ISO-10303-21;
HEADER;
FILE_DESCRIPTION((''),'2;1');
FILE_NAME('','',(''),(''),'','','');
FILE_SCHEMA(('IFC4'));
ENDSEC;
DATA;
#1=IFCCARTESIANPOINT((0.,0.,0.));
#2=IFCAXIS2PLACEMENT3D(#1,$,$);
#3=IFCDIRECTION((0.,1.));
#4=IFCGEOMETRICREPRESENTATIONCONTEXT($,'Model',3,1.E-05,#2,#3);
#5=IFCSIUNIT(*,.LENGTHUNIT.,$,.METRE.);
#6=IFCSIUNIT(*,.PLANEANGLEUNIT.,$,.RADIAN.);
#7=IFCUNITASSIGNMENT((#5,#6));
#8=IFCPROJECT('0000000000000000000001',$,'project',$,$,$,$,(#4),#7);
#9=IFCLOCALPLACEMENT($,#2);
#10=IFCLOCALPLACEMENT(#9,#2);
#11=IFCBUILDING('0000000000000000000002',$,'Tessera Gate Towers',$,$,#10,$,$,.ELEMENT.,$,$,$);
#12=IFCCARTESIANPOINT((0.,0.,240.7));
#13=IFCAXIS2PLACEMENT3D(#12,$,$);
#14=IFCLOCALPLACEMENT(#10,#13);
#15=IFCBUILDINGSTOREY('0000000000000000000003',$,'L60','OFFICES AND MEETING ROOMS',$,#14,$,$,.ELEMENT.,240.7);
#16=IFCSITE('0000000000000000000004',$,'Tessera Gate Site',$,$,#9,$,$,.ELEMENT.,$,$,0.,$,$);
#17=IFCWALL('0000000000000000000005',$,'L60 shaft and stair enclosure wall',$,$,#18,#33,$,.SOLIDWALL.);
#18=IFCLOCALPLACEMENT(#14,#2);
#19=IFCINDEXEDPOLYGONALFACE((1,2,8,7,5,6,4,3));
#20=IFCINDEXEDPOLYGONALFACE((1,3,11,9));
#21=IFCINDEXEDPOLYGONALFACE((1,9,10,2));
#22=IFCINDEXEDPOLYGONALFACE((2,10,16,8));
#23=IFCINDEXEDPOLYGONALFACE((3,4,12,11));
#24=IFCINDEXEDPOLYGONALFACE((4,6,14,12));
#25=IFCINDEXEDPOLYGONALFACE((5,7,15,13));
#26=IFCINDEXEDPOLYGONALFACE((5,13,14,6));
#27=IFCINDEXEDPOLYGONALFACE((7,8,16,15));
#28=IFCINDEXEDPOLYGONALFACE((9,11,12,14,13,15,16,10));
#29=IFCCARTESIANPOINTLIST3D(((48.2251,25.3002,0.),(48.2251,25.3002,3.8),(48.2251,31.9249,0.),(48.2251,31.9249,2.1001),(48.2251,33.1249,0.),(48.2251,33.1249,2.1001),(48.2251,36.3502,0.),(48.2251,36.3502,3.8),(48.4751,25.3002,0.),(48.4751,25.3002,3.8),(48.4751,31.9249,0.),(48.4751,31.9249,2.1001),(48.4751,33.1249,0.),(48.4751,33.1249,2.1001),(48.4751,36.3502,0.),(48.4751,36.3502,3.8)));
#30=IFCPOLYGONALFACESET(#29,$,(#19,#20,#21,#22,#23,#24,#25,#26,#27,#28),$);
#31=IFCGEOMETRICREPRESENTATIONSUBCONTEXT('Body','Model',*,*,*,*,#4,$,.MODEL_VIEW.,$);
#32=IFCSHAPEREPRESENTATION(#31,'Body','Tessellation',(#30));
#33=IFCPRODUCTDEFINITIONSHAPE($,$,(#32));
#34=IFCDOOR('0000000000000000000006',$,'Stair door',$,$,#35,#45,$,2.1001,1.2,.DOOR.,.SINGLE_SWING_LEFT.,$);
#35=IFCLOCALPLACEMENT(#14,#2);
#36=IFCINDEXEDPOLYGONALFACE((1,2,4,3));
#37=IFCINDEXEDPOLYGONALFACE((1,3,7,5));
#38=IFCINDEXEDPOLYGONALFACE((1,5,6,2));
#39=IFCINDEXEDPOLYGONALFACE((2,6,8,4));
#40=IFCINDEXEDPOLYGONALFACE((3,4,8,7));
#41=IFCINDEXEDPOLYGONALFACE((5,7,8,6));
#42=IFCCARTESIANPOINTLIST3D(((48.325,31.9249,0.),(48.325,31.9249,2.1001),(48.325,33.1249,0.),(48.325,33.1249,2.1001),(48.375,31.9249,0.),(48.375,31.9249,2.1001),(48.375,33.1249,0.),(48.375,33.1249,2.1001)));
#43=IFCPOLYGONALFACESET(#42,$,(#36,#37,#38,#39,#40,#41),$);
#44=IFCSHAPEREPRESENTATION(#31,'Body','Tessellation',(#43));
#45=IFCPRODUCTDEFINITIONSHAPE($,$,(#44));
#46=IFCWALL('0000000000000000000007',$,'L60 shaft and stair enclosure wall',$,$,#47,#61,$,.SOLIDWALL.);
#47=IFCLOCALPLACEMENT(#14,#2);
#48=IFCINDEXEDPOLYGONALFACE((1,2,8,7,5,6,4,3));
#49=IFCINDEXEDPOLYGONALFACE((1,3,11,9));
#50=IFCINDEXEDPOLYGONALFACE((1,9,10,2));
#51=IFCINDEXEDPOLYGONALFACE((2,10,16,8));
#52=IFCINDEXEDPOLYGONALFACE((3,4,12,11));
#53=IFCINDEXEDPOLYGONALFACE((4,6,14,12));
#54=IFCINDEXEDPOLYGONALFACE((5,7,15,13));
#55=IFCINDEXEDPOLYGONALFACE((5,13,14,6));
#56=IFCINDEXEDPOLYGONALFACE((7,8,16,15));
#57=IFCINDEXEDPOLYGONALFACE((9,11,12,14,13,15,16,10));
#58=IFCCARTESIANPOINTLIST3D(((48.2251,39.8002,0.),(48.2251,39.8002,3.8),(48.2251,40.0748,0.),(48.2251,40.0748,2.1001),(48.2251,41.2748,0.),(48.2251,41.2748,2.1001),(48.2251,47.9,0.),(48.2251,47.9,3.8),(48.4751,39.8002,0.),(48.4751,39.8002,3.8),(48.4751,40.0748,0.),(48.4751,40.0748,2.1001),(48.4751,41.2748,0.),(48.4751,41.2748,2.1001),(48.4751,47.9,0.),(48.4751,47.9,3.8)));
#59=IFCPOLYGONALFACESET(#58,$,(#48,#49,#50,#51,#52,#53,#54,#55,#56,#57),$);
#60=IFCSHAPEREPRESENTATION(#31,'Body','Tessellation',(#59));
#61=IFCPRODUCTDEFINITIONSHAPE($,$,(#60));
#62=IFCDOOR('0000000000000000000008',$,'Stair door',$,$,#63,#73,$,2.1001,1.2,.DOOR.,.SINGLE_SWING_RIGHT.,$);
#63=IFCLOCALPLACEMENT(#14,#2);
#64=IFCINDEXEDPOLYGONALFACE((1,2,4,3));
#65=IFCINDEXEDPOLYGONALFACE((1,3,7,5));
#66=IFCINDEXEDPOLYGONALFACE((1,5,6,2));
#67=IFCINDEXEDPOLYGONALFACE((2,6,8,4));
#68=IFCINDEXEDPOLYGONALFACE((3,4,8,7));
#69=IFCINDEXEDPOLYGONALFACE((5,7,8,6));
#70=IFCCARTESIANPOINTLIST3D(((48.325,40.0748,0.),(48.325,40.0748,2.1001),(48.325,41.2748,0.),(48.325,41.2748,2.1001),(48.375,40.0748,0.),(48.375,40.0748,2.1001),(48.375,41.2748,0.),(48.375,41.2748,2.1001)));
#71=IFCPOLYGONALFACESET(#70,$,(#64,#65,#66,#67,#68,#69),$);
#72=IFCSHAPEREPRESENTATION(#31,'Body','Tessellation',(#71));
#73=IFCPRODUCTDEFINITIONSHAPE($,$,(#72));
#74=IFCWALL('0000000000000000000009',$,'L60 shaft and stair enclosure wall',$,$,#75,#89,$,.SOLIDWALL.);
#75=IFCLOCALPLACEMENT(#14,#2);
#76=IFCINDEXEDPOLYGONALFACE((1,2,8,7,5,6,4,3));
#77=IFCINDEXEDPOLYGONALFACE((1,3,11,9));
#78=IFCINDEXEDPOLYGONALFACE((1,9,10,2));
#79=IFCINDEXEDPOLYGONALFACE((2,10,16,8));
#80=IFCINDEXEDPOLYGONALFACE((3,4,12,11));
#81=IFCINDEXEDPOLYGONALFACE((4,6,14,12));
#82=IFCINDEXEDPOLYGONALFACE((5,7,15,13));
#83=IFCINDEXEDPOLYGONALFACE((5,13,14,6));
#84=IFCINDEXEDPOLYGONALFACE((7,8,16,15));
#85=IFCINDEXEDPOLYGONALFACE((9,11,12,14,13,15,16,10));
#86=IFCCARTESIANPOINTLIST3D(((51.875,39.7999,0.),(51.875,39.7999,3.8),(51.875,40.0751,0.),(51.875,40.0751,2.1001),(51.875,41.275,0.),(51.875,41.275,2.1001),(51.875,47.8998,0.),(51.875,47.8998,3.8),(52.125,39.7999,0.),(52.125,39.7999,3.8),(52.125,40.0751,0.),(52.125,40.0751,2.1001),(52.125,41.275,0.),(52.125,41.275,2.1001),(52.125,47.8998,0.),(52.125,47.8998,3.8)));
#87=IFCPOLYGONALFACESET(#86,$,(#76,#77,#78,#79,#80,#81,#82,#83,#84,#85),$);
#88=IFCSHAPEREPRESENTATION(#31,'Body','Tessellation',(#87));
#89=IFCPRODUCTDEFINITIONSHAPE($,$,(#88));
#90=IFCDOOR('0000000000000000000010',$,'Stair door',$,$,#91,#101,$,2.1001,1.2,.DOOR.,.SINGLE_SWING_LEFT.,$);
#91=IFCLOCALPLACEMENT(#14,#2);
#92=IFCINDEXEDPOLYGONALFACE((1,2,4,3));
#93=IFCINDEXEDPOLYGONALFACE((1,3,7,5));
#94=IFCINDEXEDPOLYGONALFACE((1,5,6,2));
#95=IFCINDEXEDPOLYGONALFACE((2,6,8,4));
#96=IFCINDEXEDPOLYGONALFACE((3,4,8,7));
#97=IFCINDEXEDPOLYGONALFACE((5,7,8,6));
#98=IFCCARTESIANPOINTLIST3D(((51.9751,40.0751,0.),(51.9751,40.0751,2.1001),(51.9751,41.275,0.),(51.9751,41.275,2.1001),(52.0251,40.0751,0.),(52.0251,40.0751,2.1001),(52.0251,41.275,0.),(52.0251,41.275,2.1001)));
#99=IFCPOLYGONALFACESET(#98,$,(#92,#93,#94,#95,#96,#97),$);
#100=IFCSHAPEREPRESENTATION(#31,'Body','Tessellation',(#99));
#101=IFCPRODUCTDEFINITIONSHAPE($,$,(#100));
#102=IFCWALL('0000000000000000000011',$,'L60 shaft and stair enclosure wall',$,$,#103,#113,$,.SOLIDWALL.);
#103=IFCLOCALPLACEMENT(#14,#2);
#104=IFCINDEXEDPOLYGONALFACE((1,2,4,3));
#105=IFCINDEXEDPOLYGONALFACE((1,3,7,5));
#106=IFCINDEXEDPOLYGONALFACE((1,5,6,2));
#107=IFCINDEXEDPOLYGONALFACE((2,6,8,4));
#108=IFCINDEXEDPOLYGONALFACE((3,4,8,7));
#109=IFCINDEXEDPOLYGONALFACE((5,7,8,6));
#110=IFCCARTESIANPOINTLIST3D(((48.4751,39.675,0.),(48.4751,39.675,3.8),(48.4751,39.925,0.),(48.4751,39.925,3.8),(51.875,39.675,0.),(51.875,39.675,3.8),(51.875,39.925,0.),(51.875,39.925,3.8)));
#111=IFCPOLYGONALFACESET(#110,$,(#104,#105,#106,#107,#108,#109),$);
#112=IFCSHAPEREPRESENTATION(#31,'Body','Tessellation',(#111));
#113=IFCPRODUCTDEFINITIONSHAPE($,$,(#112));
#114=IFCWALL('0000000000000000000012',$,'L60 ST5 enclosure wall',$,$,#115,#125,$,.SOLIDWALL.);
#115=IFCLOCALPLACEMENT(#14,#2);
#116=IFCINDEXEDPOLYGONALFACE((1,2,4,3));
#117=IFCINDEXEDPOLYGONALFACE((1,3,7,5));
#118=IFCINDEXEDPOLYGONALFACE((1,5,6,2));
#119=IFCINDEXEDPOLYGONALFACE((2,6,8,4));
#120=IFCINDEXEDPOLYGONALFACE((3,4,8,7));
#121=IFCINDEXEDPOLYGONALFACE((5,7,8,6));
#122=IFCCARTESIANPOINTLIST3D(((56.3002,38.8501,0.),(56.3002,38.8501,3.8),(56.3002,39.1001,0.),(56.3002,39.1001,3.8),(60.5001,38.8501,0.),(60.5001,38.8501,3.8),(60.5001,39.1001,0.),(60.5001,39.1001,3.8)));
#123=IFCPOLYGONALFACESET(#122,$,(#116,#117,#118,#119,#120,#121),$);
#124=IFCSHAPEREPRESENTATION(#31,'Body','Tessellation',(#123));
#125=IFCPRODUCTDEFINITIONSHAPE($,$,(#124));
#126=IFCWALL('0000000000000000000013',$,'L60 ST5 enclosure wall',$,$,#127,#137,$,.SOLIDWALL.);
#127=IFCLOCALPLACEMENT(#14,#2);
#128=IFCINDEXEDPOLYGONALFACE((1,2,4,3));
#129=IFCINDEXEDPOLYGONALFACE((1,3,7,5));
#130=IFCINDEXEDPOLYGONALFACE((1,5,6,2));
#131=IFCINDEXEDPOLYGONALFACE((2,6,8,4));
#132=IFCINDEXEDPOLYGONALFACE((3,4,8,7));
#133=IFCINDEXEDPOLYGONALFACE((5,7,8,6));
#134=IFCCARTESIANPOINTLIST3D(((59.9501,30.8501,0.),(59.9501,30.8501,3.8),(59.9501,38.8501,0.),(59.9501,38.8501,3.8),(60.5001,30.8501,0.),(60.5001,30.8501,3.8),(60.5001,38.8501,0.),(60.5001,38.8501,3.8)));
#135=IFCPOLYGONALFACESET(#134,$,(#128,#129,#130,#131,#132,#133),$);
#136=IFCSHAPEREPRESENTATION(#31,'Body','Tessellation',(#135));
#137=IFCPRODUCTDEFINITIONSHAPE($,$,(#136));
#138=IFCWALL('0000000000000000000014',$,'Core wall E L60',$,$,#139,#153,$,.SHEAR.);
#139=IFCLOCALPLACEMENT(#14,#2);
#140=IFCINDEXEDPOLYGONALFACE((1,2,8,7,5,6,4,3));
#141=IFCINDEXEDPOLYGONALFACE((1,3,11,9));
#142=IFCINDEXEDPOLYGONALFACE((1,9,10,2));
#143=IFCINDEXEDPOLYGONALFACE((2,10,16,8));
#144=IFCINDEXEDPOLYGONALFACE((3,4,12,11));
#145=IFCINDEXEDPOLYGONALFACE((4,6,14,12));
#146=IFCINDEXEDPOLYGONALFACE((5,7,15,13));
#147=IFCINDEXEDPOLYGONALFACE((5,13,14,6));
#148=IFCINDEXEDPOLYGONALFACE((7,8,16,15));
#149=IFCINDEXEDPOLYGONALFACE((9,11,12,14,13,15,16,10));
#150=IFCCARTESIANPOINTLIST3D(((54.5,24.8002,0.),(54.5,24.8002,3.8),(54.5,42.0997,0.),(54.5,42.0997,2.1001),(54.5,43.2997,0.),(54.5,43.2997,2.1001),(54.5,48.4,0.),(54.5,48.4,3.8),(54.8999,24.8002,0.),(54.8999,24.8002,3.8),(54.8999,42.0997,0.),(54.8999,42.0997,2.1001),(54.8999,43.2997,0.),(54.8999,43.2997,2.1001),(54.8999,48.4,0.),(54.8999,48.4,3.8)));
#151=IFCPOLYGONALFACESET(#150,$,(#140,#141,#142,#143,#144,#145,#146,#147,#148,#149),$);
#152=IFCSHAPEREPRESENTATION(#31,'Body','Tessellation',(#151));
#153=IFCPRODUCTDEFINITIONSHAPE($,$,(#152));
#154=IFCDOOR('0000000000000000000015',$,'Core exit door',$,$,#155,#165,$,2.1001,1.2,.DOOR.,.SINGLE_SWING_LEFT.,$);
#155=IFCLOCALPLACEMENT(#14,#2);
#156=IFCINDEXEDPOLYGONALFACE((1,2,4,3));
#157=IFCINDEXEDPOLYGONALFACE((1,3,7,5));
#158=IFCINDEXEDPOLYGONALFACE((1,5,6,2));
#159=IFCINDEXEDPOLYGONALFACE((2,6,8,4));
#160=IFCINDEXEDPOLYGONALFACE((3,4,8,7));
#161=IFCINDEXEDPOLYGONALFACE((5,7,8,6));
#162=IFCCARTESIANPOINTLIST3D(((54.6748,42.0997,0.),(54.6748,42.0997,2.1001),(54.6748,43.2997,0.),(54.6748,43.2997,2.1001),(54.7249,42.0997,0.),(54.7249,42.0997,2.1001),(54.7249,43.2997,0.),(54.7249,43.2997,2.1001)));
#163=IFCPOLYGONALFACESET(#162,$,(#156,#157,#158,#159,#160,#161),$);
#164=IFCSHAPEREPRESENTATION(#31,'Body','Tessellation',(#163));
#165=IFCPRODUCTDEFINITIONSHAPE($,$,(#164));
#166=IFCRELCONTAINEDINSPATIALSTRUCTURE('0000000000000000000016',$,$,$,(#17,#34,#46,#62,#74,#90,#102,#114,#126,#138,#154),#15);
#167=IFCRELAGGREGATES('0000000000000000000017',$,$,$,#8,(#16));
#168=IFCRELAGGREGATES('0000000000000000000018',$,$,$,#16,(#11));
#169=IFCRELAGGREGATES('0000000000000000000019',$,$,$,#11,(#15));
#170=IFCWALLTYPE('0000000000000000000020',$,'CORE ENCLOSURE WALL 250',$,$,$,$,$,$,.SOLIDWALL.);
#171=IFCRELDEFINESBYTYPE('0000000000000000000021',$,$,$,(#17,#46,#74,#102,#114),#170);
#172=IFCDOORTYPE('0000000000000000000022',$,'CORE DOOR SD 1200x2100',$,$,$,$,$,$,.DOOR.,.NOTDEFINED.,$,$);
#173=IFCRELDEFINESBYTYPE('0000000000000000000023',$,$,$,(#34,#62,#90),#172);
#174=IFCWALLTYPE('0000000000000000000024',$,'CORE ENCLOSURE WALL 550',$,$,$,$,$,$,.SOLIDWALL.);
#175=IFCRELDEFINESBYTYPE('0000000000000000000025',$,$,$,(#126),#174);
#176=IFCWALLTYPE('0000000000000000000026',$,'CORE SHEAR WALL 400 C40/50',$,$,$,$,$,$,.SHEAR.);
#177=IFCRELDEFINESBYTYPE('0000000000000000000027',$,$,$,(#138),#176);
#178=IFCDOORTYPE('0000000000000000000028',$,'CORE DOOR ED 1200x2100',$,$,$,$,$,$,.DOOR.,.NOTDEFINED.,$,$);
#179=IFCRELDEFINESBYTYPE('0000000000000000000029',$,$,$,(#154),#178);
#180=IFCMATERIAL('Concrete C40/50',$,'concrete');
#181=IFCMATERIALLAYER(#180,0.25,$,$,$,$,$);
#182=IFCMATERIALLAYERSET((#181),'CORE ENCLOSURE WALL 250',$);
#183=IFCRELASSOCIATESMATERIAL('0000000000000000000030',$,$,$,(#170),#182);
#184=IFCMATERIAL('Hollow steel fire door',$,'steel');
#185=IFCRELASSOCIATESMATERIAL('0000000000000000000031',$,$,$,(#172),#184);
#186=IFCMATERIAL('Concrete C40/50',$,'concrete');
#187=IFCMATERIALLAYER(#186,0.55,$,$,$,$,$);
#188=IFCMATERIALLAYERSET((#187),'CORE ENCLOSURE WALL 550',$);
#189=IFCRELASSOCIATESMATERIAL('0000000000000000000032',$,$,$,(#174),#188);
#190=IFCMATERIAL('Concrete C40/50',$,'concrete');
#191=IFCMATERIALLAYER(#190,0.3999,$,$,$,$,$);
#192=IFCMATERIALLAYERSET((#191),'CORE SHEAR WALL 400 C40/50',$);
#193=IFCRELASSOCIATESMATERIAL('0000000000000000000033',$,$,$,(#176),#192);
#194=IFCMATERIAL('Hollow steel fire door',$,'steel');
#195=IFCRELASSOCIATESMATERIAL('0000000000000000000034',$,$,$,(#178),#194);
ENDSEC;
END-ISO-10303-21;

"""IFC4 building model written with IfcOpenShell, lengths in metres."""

from ifc_helpers import new_model, si_unit, direction, frame, frame_2d, origin, place, context, subcontext, project, spatial, rectangle, extrude, source, transform, mapped, material, layer, layer_set, type_object, element, fill, save


model = new_model("IFC4")

# Units and contexts
model_context = context("Model", 3, precision=1e-05, world=origin(), true_north=direction((0.0, 1.0)))
body_context = subcontext(model_context, "Body", "Model", "MODEL_VIEW")
ifc_project = project(units=[si_unit("LENGTHUNIT", "METRE"), si_unit("PLANEANGLEUNIT", "RADIAN")], contexts=[model_context])

# Site, building, storey
site_placement = place(None, origin())
site = spatial("IfcSite", under=ifc_project, at=site_placement, Name="Tessera Gate Site", CompositionType="ELEMENT", RefElevation=0.0)
building_placement = place(site_placement, origin())
building = spatial("IfcBuilding", under=site, at=building_placement, Name="Tessera Gate Towers", CompositionType="ELEMENT")
storey_placement = place(building_placement, frame((0.0, 0.0, 240.7)))
storey = spatial("IfcBuildingStorey", under=building, at=storey_placement, Name="L60", Description="OFFICES AND MEETING ROOMS", CompositionType="ELEMENT", Elevation=240.7)

# Walls, openings, doors
ifc_material_1 = material(Name="Concrete C40/50", Category="concrete")
ifc_layer_1 = layer(ifc_material_1, 0.25)
ifc_layer_set_1 = layer_set([ifc_layer_1], Name="CORE ENCLOSURE WALL 250")
wall_type_1 = type_object("IfcWallType", Name="CORE ENCLOSURE WALL 250", PredefinedType="SOLIDWALL", material=ifc_layer_set_1)
wall_1_placement = place(storey_placement, frame((48.3501, 36.3501, 0.0), z_axis=(0.0, 0.0, 1.0), x_axis=(0.0, -1.0, 0.0)))
wall_1 = element("IfcWall", 1, at=wall_1_placement, inside=storey, type_object=wall_type_1, Name="L60 shaft and stair enclosure wall", PredefinedType="SOLIDWALL", context=body_context, shape_type="SweptSolid", body=[
    extrude(rectangle(XDim=11.05, YDim=0.25, at=frame_2d((5.5249, 0.0))), origin(), (0.0, 0.0, 1.0), 3.8),
])
shared_shape_1 = source(origin(), body_context, "Body", "SweptSolid", [
    extrude(rectangle(XDim=1.2, YDim=2.1001, at=frame_2d((0.6001, 1.05))), frame((0.0, 0.135, 0.0), z_axis=(0.0, -1.0, 0.0), x_axis=(1.0, 0.0, 0.0)), (0.0, 0.0, 1.0), 0.27),
])
opening_1_placement = place(wall_1_placement, frame((3.2251, 0.0, 0.0)))
opening_1 = element("IfcOpeningElement", 2, at=opening_1_placement, cuts=wall_1, PredefinedType="OPENING", context=body_context, shape_type="MappedRepresentation", body=[
    mapped(shared_shape_1, transform((0.0, 0.0, 0.0), scale=1.0)),
])
ifc_material_2 = material(Name="Hollow steel fire door", Category="steel")
door_type_1 = type_object("IfcDoorType", Name="CORE DOOR SD 1200x2100", OperationType="NOTDEFINED", PredefinedType="DOOR", material=ifc_material_2)
shared_shape_2 = source(origin(), body_context, "Body", "SweptSolid", [
    extrude(rectangle(XDim=1.2, YDim=2.1001, at=frame_2d((0.6001, 1.05))), frame((0.0, 0.0249, 0.0), z_axis=(0.0, -1.0, 0.0), x_axis=(1.0, 0.0, 0.0)), (0.0, 0.0, 1.0), 0.05),
])
door_1_placement = place(opening_1_placement, origin())
door_1 = element("IfcDoor", 3, at=door_1_placement, inside=storey, type_object=door_type_1, Name="Stair door", OperationType="SINGLE_SWING_LEFT", OverallHeight=2.1001, OverallWidth=1.2, PredefinedType="DOOR", context=body_context, shape_type="MappedRepresentation", body=[
    mapped(shared_shape_2, transform((0.0, 0.0, 0.0), scale=1.0)),
])
fill(opening_1, door_1)
wall_2_placement = place(storey_placement, frame((48.3501, 47.8999, 0.0), z_axis=(0.0, 0.0, 1.0), x_axis=(0.0, -1.0, 0.0)))
wall_2 = element("IfcWall", 4, at=wall_2_placement, inside=storey, type_object=wall_type_1, Name="L60 shaft and stair enclosure wall", PredefinedType="SOLIDWALL", context=body_context, shape_type="SweptSolid", body=[
    extrude(rectangle(XDim=8.0999, YDim=0.25, at=frame_2d((4.0498, 0.0))), origin(), (0.0, 0.0, 1.0), 3.8),
])
opening_2_placement = place(wall_2_placement, frame((6.625, 0.0, 0.0)))
opening_2 = element("IfcOpeningElement", 5, at=opening_2_placement, cuts=wall_2, PredefinedType="OPENING", context=body_context, shape_type="MappedRepresentation", body=[
    mapped(shared_shape_1, transform((0.0, 0.0, 0.0), scale=1.0)),
])
door_2_placement = place(opening_2_placement, origin())
door_2 = element("IfcDoor", 6, at=door_2_placement, inside=storey, type_object=door_type_1, Name="Stair door", OperationType="SINGLE_SWING_RIGHT", OverallHeight=2.1001, OverallWidth=1.2, PredefinedType="DOOR", context=body_context, shape_type="MappedRepresentation", body=[
    mapped(shared_shape_2, transform((0.0, 0.0, 0.0), scale=1.0)),
])
fill(opening_2, door_2)
wall_3_placement = place(storey_placement, frame((52.0, 39.8, 0.0), z_axis=(0.0, 0.0, 1.0), x_axis=(0.0, 1.0, 0.0)))
wall_3 = element("IfcWall", 7, at=wall_3_placement, inside=storey, type_object=wall_type_1, Name="L60 shaft and stair enclosure wall", PredefinedType="SOLIDWALL", context=body_context, shape_type="SweptSolid", body=[
    extrude(rectangle(XDim=8.0999, YDim=0.25, at=frame_2d((4.0498, 0.0))), origin(), (0.0, 0.0, 1.0), 3.8),
])
opening_3_placement = place(wall_3_placement, frame((0.2749, 0.0, 0.0)))
opening_3 = element("IfcOpeningElement", 8, at=opening_3_placement, cuts=wall_3, PredefinedType="OPENING", context=body_context, shape_type="MappedRepresentation", body=[
    mapped(shared_shape_1, transform((0.0, 0.0, 0.0), scale=1.0)),
])
door_3_placement = place(opening_3_placement, origin())
door_3 = element("IfcDoor", 9, at=door_3_placement, inside=storey, type_object=door_type_1, Name="Stair door", OperationType="SINGLE_SWING_LEFT", OverallHeight=2.1001, OverallWidth=1.2, PredefinedType="DOOR", context=body_context, shape_type="MappedRepresentation", body=[
    mapped(shared_shape_2, transform((0.0, 0.0, 0.0), scale=1.0)),
])
fill(opening_3, door_3)

# Walls
wall_4_placement = place(storey_placement, frame((48.4751, 39.8, 0.0), z_axis=(0.0, 0.0, 1.0), x_axis=(1.0, 0.0, 0.0)))
element("IfcWall", 10, at=wall_4_placement, inside=storey, type_object=wall_type_1, Name="L60 shaft and stair enclosure wall", PredefinedType="SOLIDWALL", context=body_context, shape_type="SweptSolid", body=[
    extrude(rectangle(XDim=3.3999, YDim=0.25, at=frame_2d((1.7, 0.0))), origin(), (0.0, 0.0, 1.0), 3.8),
])
wall_5_placement = place(storey_placement, frame((56.3, 38.9751, 0.0), z_axis=(0.0, 0.0, 1.0), x_axis=(1.0, 0.0, 0.0)))
element("IfcWall", 11, at=wall_5_placement, inside=storey, type_object=wall_type_1, Name="L60 ST5 enclosure wall", PredefinedType="SOLIDWALL", context=body_context, shape_type="SweptSolid", body=[
    extrude(rectangle(XDim=4.2, YDim=0.25, at=frame_2d((2.1001, 0.0))), origin(), (0.0, 0.0, 1.0), 3.8),
])
ifc_material_3 = material(Name="Concrete C40/50", Category="concrete")
ifc_layer_2 = layer(ifc_material_3, 0.55)
ifc_layer_set_2 = layer_set([ifc_layer_2], Name="CORE ENCLOSURE WALL 550")
wall_type_2 = type_object("IfcWallType", Name="CORE ENCLOSURE WALL 550", PredefinedType="SOLIDWALL", material=ifc_layer_set_2)
wall_6_placement = place(storey_placement, frame((60.2251, 38.8501, 0.0), z_axis=(0.0, 0.0, 1.0), x_axis=(0.0, -1.0, 0.0)))
element("IfcWall", 12, at=wall_6_placement, inside=storey, type_object=wall_type_2, Name="L60 ST5 enclosure wall", PredefinedType="SOLIDWALL", context=body_context, shape_type="SweptSolid", body=[
    extrude(rectangle(XDim=8.0, YDim=0.55, at=frame_2d((4.0, 0.0))), origin(), (0.0, 0.0, 1.0), 3.8),
])

# Wall, opening, door
ifc_material_4 = material(Name="Concrete C40/50", Category="concrete")
ifc_layer_3 = layer(ifc_material_4, 0.3999)
ifc_layer_set_3 = layer_set([ifc_layer_3], Name="CORE SHEAR WALL 400 C40/50")
wall_type_3 = type_object("IfcWallType", Name="CORE SHEAR WALL 400 C40/50", PredefinedType="SHEAR", material=ifc_layer_set_3)
wall_7_placement = place(storey_placement, frame((54.7, 48.3999, 0.0), z_axis=(0.0, 0.0, 1.0), x_axis=(0.0, -1.0, 0.0)))
wall_7 = element("IfcWall", 13, at=wall_7_placement, inside=storey, type_object=wall_type_3, Name="Core wall E L60", PredefinedType="SHEAR", context=body_context, shape_type="SweptSolid", body=[
    extrude(rectangle(XDim=23.5999, YDim=0.3999, at=frame_2d((11.7998, 0.0))), origin(), (0.0, 0.0, 1.0), 3.8),
])
shared_shape_3 = source(origin(), body_context, "Body", "SweptSolid", [
    extrude(rectangle(XDim=1.2, YDim=2.1001, at=frame_2d((0.6001, 1.05))), frame((0.0, 0.21, 0.0), z_axis=(0.0, -1.0, 0.0), x_axis=(1.0, 0.0, 0.0)), (0.0, 0.0, 1.0), 0.4199),
])
opening_4_placement = place(wall_7_placement, frame((5.1001, 0.0, 0.0)))
opening_4 = element("IfcOpeningElement", 14, at=opening_4_placement, cuts=wall_7, PredefinedType="OPENING", context=body_context, shape_type="MappedRepresentation", body=[
    mapped(shared_shape_3, transform((0.0, 0.0, 0.0), scale=1.0)),
])
ifc_material_5 = material(Name="Hollow steel fire door", Category="steel")
door_type_2 = type_object("IfcDoorType", Name="CORE DOOR ED 1200x2100", OperationType="NOTDEFINED", PredefinedType="DOOR", material=ifc_material_5)
door_4_placement = place(opening_4_placement, origin())
door_4 = element("IfcDoor", 15, at=door_4_placement, inside=storey, type_object=door_type_2, Name="Core exit door", OperationType="SINGLE_SWING_LEFT", OverallHeight=2.1001, OverallWidth=1.2, PredefinedType="DOOR", context=body_context, shape_type="MappedRepresentation", body=[
    mapped(shared_shape_2, transform((0.0, 0.0, 0.0), scale=1.0)),
])
fill(opening_4, door_4)

save(model, "model.ifc")
